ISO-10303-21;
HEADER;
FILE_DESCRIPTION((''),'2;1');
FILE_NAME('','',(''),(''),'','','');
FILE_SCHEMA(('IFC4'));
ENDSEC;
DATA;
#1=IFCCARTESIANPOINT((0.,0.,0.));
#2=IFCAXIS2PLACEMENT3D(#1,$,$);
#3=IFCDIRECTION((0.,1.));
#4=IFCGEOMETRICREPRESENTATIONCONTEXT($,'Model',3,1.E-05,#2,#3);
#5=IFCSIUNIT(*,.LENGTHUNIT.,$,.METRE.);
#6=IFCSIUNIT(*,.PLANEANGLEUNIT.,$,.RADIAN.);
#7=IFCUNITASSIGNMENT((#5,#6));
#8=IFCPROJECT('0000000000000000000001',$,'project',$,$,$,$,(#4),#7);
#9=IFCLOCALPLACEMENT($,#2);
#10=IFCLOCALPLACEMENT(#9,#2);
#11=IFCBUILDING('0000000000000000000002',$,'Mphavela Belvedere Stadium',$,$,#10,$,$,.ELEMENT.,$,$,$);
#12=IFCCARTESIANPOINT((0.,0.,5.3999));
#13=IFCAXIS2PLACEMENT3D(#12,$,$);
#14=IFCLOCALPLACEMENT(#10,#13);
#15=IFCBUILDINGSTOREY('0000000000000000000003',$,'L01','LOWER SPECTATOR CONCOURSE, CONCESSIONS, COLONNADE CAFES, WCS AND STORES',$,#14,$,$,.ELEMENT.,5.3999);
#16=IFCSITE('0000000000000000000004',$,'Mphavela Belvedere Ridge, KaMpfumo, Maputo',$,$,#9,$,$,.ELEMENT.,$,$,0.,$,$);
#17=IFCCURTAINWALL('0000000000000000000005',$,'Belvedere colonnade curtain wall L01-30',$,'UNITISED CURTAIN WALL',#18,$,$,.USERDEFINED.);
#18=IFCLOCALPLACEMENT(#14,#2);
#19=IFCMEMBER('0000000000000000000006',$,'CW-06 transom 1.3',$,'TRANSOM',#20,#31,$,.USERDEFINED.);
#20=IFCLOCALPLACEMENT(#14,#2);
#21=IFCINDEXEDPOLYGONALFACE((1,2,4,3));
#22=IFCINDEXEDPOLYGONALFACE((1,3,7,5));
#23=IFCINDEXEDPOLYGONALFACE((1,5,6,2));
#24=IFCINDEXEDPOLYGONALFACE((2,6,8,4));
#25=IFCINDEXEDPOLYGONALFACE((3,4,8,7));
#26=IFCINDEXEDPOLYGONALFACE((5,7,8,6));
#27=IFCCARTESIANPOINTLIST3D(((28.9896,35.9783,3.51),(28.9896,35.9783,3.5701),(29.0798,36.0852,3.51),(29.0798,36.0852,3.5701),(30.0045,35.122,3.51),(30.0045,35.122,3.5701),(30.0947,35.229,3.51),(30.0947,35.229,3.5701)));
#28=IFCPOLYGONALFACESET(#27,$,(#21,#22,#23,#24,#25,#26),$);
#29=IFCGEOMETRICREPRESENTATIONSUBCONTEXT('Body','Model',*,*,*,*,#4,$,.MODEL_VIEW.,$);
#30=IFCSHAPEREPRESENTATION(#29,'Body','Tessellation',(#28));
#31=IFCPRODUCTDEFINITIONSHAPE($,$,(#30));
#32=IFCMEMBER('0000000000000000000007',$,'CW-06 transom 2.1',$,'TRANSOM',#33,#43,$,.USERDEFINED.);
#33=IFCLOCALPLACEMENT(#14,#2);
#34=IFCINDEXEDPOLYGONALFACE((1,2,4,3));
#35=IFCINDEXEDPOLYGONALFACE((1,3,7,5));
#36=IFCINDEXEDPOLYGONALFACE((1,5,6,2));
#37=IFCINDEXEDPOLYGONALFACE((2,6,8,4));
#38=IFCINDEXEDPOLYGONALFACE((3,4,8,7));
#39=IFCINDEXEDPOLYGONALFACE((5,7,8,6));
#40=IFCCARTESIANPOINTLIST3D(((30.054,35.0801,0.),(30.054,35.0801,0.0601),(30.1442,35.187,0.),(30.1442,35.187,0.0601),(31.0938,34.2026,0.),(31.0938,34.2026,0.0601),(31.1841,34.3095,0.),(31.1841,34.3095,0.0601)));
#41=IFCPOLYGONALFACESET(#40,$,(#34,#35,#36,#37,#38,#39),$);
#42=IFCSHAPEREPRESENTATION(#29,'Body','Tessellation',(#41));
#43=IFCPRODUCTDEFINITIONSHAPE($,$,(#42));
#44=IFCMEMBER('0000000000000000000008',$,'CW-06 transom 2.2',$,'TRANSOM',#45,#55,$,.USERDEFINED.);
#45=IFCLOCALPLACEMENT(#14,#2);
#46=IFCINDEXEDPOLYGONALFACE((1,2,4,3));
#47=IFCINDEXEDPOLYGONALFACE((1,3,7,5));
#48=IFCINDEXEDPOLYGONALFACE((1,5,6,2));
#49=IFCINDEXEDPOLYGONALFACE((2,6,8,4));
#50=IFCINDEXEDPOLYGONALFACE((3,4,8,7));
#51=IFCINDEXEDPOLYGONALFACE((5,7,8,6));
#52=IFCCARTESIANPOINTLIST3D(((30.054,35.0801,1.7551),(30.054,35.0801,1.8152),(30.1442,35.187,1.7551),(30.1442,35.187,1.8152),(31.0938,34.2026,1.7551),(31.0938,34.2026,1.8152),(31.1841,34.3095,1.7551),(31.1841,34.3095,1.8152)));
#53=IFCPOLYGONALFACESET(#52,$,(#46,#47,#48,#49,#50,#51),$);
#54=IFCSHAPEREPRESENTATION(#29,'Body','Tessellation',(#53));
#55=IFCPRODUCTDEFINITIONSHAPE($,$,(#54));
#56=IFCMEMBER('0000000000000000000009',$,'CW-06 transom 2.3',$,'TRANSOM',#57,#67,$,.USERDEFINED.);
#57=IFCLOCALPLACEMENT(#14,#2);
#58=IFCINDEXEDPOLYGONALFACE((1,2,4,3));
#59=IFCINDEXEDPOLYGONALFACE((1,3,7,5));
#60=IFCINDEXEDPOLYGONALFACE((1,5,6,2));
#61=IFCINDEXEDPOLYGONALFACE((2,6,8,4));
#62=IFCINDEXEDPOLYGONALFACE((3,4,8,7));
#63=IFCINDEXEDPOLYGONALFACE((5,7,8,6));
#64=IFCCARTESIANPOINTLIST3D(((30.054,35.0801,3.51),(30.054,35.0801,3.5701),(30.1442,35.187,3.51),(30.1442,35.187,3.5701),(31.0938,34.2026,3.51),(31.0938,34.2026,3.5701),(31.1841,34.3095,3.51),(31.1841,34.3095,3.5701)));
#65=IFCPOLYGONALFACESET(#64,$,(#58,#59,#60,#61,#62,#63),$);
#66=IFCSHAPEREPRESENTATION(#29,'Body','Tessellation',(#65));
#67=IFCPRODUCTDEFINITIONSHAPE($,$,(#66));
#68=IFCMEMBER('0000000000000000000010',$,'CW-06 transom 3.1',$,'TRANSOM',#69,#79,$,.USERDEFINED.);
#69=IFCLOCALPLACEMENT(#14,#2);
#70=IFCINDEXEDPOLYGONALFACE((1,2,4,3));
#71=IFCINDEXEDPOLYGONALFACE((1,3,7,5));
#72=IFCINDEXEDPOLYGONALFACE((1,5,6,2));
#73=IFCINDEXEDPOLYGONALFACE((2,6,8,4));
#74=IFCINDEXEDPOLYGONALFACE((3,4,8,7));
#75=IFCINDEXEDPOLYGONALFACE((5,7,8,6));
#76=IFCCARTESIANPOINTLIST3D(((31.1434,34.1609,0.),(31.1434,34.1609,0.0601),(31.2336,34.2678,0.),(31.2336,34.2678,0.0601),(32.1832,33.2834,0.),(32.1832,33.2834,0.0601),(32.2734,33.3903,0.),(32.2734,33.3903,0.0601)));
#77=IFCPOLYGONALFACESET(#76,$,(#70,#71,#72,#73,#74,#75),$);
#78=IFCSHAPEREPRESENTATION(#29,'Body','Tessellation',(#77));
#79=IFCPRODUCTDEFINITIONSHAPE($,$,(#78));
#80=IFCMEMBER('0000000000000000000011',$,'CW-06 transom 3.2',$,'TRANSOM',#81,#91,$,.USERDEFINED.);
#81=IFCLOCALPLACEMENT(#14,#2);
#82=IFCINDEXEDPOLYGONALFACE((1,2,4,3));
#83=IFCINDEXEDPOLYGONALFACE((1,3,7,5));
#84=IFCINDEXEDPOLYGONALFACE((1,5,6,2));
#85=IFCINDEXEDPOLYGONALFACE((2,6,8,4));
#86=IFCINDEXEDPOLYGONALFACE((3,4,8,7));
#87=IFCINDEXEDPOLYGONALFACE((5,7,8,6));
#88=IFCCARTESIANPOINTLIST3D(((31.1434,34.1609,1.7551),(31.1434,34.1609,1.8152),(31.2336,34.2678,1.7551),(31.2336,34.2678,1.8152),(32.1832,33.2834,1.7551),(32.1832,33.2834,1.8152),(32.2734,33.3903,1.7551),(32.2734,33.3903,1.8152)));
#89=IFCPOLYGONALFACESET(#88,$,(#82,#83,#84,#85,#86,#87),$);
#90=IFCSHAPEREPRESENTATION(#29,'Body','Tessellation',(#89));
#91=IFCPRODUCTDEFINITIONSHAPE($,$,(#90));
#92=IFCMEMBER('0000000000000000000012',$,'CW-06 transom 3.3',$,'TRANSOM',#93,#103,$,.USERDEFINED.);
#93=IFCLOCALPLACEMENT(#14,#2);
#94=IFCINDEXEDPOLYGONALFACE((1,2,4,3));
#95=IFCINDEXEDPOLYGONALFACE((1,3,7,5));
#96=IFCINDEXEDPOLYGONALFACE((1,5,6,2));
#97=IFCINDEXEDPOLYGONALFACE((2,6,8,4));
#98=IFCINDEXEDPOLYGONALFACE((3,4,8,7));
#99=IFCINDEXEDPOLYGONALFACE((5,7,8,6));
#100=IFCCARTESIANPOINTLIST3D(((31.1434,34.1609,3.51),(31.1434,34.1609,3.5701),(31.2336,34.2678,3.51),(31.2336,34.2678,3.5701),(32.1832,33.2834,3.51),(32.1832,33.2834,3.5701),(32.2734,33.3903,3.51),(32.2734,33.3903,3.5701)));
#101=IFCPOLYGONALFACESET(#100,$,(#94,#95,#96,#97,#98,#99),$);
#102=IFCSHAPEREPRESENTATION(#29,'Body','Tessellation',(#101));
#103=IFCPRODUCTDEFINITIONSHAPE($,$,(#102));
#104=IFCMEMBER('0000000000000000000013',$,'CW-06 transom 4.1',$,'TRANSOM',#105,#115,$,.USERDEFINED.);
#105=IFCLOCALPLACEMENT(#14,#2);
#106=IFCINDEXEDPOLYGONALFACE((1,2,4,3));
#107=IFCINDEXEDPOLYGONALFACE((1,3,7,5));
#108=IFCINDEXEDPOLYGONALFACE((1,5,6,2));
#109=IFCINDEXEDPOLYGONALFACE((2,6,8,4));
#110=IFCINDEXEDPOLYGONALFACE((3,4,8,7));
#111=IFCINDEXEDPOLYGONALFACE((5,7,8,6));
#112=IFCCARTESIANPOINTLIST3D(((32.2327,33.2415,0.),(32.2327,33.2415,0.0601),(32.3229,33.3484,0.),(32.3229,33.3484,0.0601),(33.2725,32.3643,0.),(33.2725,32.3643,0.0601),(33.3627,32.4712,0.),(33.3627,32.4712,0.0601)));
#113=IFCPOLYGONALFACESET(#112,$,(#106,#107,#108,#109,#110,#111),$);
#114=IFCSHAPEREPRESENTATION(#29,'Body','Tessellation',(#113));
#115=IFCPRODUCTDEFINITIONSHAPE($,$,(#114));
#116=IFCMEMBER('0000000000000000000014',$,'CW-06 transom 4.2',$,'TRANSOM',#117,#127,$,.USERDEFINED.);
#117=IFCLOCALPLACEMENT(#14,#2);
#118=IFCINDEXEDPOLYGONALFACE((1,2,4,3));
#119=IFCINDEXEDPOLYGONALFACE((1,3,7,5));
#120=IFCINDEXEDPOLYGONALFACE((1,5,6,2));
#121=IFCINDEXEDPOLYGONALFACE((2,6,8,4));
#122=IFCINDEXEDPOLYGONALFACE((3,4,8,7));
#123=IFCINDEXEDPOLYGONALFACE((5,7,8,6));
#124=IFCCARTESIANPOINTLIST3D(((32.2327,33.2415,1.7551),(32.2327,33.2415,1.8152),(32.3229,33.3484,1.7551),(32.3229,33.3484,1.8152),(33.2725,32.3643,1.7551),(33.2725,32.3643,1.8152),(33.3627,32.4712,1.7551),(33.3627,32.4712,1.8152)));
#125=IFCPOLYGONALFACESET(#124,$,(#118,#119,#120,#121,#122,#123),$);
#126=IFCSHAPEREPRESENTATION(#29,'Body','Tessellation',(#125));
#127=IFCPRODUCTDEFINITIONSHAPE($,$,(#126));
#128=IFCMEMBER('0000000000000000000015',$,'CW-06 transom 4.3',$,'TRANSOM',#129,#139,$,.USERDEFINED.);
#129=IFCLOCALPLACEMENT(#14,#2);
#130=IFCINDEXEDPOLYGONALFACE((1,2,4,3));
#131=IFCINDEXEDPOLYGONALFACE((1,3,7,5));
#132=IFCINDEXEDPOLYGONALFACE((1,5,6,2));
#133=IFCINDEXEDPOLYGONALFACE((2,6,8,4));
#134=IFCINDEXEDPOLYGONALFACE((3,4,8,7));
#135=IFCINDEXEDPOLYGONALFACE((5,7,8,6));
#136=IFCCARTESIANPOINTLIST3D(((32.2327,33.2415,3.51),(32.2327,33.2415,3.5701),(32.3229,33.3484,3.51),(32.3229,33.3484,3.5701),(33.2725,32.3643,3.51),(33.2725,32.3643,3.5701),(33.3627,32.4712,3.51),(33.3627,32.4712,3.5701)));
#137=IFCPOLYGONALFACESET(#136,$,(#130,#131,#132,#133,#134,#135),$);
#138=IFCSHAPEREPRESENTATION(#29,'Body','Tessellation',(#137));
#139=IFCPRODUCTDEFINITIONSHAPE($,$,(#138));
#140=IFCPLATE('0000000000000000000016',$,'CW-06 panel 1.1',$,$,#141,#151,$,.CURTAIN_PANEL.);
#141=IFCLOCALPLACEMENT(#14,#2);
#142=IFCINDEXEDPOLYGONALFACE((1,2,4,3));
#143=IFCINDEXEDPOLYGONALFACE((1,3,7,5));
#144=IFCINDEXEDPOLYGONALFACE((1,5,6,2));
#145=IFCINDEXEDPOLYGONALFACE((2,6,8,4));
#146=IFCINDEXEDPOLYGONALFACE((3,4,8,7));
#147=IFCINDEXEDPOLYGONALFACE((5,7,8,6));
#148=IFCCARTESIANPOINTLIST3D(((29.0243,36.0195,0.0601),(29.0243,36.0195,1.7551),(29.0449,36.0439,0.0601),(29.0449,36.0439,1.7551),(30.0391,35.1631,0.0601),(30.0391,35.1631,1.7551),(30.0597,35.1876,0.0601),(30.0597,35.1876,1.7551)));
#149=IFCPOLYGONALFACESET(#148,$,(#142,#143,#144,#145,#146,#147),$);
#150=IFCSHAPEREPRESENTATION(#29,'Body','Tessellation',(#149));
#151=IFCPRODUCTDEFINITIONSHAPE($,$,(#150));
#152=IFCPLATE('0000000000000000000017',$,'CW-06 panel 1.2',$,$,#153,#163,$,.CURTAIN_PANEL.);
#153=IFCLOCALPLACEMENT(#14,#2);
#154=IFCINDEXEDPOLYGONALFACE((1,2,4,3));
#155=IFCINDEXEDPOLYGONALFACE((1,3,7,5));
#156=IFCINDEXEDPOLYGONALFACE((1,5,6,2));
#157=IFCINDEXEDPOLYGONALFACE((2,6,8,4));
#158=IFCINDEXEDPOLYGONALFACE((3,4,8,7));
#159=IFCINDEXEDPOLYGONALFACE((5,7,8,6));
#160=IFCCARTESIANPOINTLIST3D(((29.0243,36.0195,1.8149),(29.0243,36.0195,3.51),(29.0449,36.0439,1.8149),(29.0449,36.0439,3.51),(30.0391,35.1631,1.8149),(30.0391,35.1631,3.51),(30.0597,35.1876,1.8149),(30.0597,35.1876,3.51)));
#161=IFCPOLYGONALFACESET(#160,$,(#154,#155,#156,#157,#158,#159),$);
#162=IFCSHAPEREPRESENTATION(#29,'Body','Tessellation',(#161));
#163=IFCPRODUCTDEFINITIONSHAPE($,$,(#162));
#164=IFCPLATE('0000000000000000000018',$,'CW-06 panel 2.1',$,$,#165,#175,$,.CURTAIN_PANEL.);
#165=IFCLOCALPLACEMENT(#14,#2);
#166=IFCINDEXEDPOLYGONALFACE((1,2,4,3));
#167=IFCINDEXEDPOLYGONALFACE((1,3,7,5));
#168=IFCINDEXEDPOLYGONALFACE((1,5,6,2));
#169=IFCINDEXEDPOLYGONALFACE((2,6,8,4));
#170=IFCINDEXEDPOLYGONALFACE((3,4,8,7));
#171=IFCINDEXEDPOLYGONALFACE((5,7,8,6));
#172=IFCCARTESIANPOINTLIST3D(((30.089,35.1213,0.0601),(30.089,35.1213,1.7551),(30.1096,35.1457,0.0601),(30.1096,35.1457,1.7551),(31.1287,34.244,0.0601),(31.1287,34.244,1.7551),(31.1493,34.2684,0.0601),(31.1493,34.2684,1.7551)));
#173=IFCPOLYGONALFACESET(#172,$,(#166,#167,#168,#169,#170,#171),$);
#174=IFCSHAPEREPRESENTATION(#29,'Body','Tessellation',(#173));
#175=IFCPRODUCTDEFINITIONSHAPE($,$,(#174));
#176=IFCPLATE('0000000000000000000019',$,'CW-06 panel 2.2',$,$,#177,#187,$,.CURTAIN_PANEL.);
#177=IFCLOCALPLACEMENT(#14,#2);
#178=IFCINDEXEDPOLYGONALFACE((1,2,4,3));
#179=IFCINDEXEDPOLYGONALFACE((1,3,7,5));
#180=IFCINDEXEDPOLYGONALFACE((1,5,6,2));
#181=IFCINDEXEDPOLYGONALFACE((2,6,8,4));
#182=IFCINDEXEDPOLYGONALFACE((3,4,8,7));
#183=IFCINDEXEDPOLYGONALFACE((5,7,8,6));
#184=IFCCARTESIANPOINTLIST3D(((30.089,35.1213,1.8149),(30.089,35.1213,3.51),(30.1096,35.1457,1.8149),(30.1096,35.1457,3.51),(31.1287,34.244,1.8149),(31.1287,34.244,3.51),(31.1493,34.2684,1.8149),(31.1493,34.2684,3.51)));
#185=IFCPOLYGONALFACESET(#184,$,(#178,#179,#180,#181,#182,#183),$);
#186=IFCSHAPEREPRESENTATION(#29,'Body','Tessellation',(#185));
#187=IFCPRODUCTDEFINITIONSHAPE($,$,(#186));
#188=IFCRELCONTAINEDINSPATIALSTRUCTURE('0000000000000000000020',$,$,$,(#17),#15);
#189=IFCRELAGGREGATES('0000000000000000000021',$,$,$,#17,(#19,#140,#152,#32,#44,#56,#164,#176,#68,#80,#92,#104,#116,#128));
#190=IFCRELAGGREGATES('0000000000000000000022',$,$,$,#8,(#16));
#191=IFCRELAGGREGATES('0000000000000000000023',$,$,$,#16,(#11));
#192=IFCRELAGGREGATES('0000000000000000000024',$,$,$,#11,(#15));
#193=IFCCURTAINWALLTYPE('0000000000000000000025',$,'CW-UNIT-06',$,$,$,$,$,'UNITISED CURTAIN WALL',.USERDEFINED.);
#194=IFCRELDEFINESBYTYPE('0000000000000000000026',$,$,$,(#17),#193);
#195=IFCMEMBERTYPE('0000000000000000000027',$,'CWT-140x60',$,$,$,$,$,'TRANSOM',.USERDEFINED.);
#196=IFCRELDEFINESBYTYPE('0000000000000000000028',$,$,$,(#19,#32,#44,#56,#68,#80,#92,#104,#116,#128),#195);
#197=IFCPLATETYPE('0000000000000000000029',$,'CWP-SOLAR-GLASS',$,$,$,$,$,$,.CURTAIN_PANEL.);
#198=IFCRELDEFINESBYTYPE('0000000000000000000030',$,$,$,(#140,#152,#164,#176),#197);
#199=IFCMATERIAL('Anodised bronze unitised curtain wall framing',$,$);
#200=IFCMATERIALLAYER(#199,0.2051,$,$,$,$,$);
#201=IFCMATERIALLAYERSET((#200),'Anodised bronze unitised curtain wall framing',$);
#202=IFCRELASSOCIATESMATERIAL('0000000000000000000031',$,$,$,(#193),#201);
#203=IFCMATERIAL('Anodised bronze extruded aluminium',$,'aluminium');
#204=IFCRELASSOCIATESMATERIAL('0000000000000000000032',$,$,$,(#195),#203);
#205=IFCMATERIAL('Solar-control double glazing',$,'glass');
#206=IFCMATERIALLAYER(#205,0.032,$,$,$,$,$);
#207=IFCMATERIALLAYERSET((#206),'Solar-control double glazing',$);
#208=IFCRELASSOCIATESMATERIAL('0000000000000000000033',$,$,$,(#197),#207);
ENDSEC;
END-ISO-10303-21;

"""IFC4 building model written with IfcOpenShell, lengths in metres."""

from ifc_helpers import new_model, si_unit, direction, frame, origin, origin_2d, place, context, subcontext, project, spatial, rectangle, extrude, material, layer, layer_set, material_profile, profile_set, type_object, element, aggregate, save


model = new_model("IFC4")

# Units and contexts
model_context = context("Model", 3, precision=1e-05, world=origin(), true_north=direction((0.0, 1.0)))
body_context = subcontext(model_context, "Body", "Model", "MODEL_VIEW")
ifc_project = project(units=[si_unit("LENGTHUNIT", "METRE"), si_unit("PLANEANGLEUNIT", "RADIAN")], contexts=[model_context])

# Site, building, storey
site_placement = place(None, origin())
site = spatial("IfcSite", under=ifc_project, at=site_placement, Name="Mphavela Belvedere Ridge, KaMpfumo, Maputo", CompositionType="ELEMENT", RefElevation=0.0)
building_placement = place(site_placement, origin())
building = spatial("IfcBuilding", under=site, at=building_placement, Name="Mphavela Belvedere Stadium", CompositionType="ELEMENT")
storey_placement = place(building_placement, frame((0.0, 0.0, 5.3999)))
storey = spatial("IfcBuildingStorey", under=building, at=storey_placement, Name="L01", Description="LOWER SPECTATOR CONCOURSE, CONCESSIONS, COLONNADE CAFES, WCS AND STORES", CompositionType="ELEMENT", Elevation=5.3999)

# Curtain wall, members, plates
ifc_material_1 = material(Name="Anodised bronze unitised curtain wall framing")
ifc_layer_1 = layer(ifc_material_1, 0.2051)
ifc_layer_set_1 = layer_set([ifc_layer_1], Name="Anodised bronze unitised curtain wall framing")
curtain_wall_type = type_object("IfcCurtainWallType", Name="CW-UNIT-06", ElementType="UNITISED CURTAIN WALL", PredefinedType="USERDEFINED", material=ifc_layer_set_1)
curtain_wall_placement = place(storey_placement, origin())
curtain_wall = element("IfcCurtainWall", 1, at=curtain_wall_placement, inside=storey, type_object=curtain_wall_type, Name="Belvedere colonnade curtain wall L01-30", ObjectType="UNITISED CURTAIN WALL", PredefinedType="USERDEFINED")
ifc_material_2 = material(Name="Anodised bronze extruded aluminium", Category="aluminium")
ifc_material_profile_1 = material_profile(ifc_material_2, rectangle(XDim=0.1399, YDim=0.0601, at=origin_2d()), Name="CW-TRN 140x60")
ifc_profile_set_1 = profile_set([ifc_material_profile_1], Name="Anodised bronze extruded aluminium")
member_type_1 = type_object("IfcMemberType", Name="CWT-140x60", ElementType="TRANSOM", PredefinedType="USERDEFINED", material=ifc_profile_set_1)
member_1_placement = place(storey_placement, frame((29.0347, 36.0317, 3.54), z_axis=(0.764334, -0.644821, 0.0), x_axis=(0.644821, 0.764334, 0.0)))
member_1 = element("IfcMember", 2, at=member_1_placement, type_object=member_type_1, Name="CW-06 transom 1.3", ObjectType="TRANSOM", PredefinedType="USERDEFINED", context=body_context, shape_type="SweptSolid", body=[
    extrude(rectangle(XDim=0.1399, YDim=0.0601, at=origin_2d()), origin(), (0.0, 0.0, 1.0), 1.3279),
])
member_2_placement = place(storey_placement, frame((30.0991, 35.1335, 0.03), z_axis=(0.76425, -0.64492, 0.0), x_axis=(0.64492, 0.76425, 0.0)))
member_2 = element("IfcMember", 3, at=member_2_placement, type_object=member_type_1, Name="CW-06 transom 2.1", ObjectType="TRANSOM", PredefinedType="USERDEFINED", context=body_context, shape_type="SweptSolid", body=[
    extrude(rectangle(XDim=0.1399, YDim=0.0601, at=origin_2d()), origin(), (0.0, 0.0, 1.0), 1.3606),
])
member_3_placement = place(storey_placement, frame((30.0991, 35.1335, 1.7852), z_axis=(0.76425, -0.64492, 0.0), x_axis=(0.64492, 0.76425, 0.0)))
member_3 = element("IfcMember", 4, at=member_3_placement, type_object=member_type_1, Name="CW-06 transom 2.2", ObjectType="TRANSOM", PredefinedType="USERDEFINED", context=body_context, shape_type="SweptSolid", body=[
    extrude(rectangle(XDim=0.1399, YDim=0.0601, at=origin_2d()), origin(), (0.0, 0.0, 1.0), 1.3606),
])
member_4_placement = place(storey_placement, frame((30.0991, 35.1335, 3.54), z_axis=(0.76425, -0.64492, 0.0), x_axis=(0.64492, 0.76425, 0.0)))
member_4 = element("IfcMember", 5, at=member_4_placement, type_object=member_type_1, Name="CW-06 transom 2.3", ObjectType="TRANSOM", PredefinedType="USERDEFINED", context=body_context, shape_type="SweptSolid", body=[
    extrude(rectangle(XDim=0.1399, YDim=0.0601, at=origin_2d()), origin(), (0.0, 0.0, 1.0), 1.3606),
])
member_5_placement = place(storey_placement, frame((31.1885, 34.2144, 0.03), z_axis=(0.76425, -0.64492, 0.0), x_axis=(0.64492, 0.76425, 0.0)))
member_5 = element("IfcMember", 6, at=member_5_placement, type_object=member_type_1, Name="CW-06 transom 3.1", ObjectType="TRANSOM", PredefinedType="USERDEFINED", context=body_context, shape_type="SweptSolid", body=[
    extrude(rectangle(XDim=0.1399, YDim=0.0601, at=origin_2d()), origin(), (0.0, 0.0, 1.0), 1.3606),
])
member_6_placement = place(storey_placement, frame((31.1885, 34.2144, 1.7852), z_axis=(0.76425, -0.64492, 0.0), x_axis=(0.64492, 0.76425, 0.0)))
member_6 = element("IfcMember", 7, at=member_6_placement, type_object=member_type_1, Name="CW-06 transom 3.2", ObjectType="TRANSOM", PredefinedType="USERDEFINED", context=body_context, shape_type="SweptSolid", body=[
    extrude(rectangle(XDim=0.1399, YDim=0.0601, at=origin_2d()), origin(), (0.0, 0.0, 1.0), 1.3606),
])
member_7_placement = place(storey_placement, frame((31.1885, 34.2144, 3.54), z_axis=(0.76425, -0.64492, 0.0), x_axis=(0.64492, 0.76425, 0.0)))
member_7 = element("IfcMember", 8, at=member_7_placement, type_object=member_type_1, Name="CW-06 transom 3.3", ObjectType="TRANSOM", PredefinedType="USERDEFINED", context=body_context, shape_type="SweptSolid", body=[
    extrude(rectangle(XDim=0.1399, YDim=0.0601, at=origin_2d()), origin(), (0.0, 0.0, 1.0), 1.3606),
])
member_8_placement = place(storey_placement, frame((32.2778, 33.2949, 0.03), z_axis=(0.764338, -0.644815, 0.0), x_axis=(0.644815, 0.764338, 0.0)))
member_8 = element("IfcMember", 9, at=member_8_placement, type_object=member_type_1, Name="CW-06 transom 4.1", ObjectType="TRANSOM", PredefinedType="USERDEFINED", context=body_context, shape_type="SweptSolid", body=[
    extrude(rectangle(XDim=0.1399, YDim=0.0601, at=origin_2d()), origin(), (0.0, 0.0, 1.0), 1.3604),
])
member_9_placement = place(storey_placement, frame((32.2778, 33.2949, 1.7852), z_axis=(0.764338, -0.644815, 0.0), x_axis=(0.644815, 0.764338, 0.0)))
member_9 = element("IfcMember", 10, at=member_9_placement, type_object=member_type_1, Name="CW-06 transom 4.2", ObjectType="TRANSOM", PredefinedType="USERDEFINED", context=body_context, shape_type="SweptSolid", body=[
    extrude(rectangle(XDim=0.1399, YDim=0.0601, at=origin_2d()), origin(), (0.0, 0.0, 1.0), 1.3604),
])
member_10_placement = place(storey_placement, frame((32.2778, 33.2949, 3.54), z_axis=(0.764338, -0.644815, 0.0), x_axis=(0.644815, 0.764338, 0.0)))
member_10 = element("IfcMember", 11, at=member_10_placement, type_object=member_type_1, Name="CW-06 transom 4.3", ObjectType="TRANSOM", PredefinedType="USERDEFINED", context=body_context, shape_type="SweptSolid", body=[
    extrude(rectangle(XDim=0.1399, YDim=0.0601, at=origin_2d()), origin(), (0.0, 0.0, 1.0), 1.3604),
])
ifc_material_3 = material(Name="Solar-control double glazing", Category="glass")
ifc_layer_2 = layer(ifc_material_3, 0.032)
ifc_layer_set_2 = layer_set([ifc_layer_2], Name="Solar-control double glazing")
plate_type = type_object("IfcPlateType", Name="CWP-SOLAR-GLASS", PredefinedType="CURTAIN_PANEL", material=ifc_layer_set_2)
plate_1_placement = place(storey_placement, frame((29.542, 35.6035, 0.0601), z_axis=(0.0, 0.0, 1.0), x_axis=(0.764259, -0.64491, 0.0)))
plate_1 = element("IfcPlate", 12, at=plate_1_placement, type_object=plate_type, Name="CW-06 panel 1.1", PredefinedType="CURTAIN_PANEL", context=body_context, shape_type="SweptSolid", body=[
    extrude(rectangle(XDim=1.3279, YDim=0.032, at=origin_2d()), origin(), (0.0, 0.0, 1.0), 1.6951),
])
plate_2_placement = place(storey_placement, frame((29.542, 35.6035, 1.8149), z_axis=(0.0, 0.0, 1.0), x_axis=(0.764259, -0.64491, 0.0)))
plate_2 = element("IfcPlate", 13, at=plate_2_placement, type_object=plate_type, Name="CW-06 panel 1.2", PredefinedType="CURTAIN_PANEL", context=body_context, shape_type="SweptSolid", body=[
    extrude(rectangle(XDim=1.3279, YDim=0.032, at=origin_2d()), origin(), (0.0, 0.0, 1.0), 1.6951),
])
plate_3_placement = place(storey_placement, frame((30.6191, 34.6948, 0.0601), z_axis=(0.0, 0.0, 1.0), x_axis=(0.764259, -0.64491, 0.0)))
plate_3 = element("IfcPlate", 14, at=plate_3_placement, type_object=plate_type, Name="CW-06 panel 2.1", PredefinedType="CURTAIN_PANEL", context=body_context, shape_type="SweptSolid", body=[
    extrude(rectangle(XDim=1.3604, YDim=0.032, at=origin_2d()), origin(), (0.0, 0.0, 1.0), 1.6951),
])
plate_4_placement = place(storey_placement, frame((30.6191, 34.6948, 1.8149), z_axis=(0.0, 0.0, 1.0), x_axis=(0.764259, -0.64491, 0.0)))
plate_4 = element("IfcPlate", 15, at=plate_4_placement, type_object=plate_type, Name="CW-06 panel 2.2", PredefinedType="CURTAIN_PANEL", context=body_context, shape_type="SweptSolid", body=[
    extrude(rectangle(XDim=1.3604, YDim=0.032, at=origin_2d()), origin(), (0.0, 0.0, 1.0), 1.6951),
])
aggregate(curtain_wall, [member_1, plate_1, plate_2, member_2, member_3, member_4, plate_3, plate_4, member_5, member_6, member_7, member_8, member_9, member_10])

save(model, "model.ifc")
